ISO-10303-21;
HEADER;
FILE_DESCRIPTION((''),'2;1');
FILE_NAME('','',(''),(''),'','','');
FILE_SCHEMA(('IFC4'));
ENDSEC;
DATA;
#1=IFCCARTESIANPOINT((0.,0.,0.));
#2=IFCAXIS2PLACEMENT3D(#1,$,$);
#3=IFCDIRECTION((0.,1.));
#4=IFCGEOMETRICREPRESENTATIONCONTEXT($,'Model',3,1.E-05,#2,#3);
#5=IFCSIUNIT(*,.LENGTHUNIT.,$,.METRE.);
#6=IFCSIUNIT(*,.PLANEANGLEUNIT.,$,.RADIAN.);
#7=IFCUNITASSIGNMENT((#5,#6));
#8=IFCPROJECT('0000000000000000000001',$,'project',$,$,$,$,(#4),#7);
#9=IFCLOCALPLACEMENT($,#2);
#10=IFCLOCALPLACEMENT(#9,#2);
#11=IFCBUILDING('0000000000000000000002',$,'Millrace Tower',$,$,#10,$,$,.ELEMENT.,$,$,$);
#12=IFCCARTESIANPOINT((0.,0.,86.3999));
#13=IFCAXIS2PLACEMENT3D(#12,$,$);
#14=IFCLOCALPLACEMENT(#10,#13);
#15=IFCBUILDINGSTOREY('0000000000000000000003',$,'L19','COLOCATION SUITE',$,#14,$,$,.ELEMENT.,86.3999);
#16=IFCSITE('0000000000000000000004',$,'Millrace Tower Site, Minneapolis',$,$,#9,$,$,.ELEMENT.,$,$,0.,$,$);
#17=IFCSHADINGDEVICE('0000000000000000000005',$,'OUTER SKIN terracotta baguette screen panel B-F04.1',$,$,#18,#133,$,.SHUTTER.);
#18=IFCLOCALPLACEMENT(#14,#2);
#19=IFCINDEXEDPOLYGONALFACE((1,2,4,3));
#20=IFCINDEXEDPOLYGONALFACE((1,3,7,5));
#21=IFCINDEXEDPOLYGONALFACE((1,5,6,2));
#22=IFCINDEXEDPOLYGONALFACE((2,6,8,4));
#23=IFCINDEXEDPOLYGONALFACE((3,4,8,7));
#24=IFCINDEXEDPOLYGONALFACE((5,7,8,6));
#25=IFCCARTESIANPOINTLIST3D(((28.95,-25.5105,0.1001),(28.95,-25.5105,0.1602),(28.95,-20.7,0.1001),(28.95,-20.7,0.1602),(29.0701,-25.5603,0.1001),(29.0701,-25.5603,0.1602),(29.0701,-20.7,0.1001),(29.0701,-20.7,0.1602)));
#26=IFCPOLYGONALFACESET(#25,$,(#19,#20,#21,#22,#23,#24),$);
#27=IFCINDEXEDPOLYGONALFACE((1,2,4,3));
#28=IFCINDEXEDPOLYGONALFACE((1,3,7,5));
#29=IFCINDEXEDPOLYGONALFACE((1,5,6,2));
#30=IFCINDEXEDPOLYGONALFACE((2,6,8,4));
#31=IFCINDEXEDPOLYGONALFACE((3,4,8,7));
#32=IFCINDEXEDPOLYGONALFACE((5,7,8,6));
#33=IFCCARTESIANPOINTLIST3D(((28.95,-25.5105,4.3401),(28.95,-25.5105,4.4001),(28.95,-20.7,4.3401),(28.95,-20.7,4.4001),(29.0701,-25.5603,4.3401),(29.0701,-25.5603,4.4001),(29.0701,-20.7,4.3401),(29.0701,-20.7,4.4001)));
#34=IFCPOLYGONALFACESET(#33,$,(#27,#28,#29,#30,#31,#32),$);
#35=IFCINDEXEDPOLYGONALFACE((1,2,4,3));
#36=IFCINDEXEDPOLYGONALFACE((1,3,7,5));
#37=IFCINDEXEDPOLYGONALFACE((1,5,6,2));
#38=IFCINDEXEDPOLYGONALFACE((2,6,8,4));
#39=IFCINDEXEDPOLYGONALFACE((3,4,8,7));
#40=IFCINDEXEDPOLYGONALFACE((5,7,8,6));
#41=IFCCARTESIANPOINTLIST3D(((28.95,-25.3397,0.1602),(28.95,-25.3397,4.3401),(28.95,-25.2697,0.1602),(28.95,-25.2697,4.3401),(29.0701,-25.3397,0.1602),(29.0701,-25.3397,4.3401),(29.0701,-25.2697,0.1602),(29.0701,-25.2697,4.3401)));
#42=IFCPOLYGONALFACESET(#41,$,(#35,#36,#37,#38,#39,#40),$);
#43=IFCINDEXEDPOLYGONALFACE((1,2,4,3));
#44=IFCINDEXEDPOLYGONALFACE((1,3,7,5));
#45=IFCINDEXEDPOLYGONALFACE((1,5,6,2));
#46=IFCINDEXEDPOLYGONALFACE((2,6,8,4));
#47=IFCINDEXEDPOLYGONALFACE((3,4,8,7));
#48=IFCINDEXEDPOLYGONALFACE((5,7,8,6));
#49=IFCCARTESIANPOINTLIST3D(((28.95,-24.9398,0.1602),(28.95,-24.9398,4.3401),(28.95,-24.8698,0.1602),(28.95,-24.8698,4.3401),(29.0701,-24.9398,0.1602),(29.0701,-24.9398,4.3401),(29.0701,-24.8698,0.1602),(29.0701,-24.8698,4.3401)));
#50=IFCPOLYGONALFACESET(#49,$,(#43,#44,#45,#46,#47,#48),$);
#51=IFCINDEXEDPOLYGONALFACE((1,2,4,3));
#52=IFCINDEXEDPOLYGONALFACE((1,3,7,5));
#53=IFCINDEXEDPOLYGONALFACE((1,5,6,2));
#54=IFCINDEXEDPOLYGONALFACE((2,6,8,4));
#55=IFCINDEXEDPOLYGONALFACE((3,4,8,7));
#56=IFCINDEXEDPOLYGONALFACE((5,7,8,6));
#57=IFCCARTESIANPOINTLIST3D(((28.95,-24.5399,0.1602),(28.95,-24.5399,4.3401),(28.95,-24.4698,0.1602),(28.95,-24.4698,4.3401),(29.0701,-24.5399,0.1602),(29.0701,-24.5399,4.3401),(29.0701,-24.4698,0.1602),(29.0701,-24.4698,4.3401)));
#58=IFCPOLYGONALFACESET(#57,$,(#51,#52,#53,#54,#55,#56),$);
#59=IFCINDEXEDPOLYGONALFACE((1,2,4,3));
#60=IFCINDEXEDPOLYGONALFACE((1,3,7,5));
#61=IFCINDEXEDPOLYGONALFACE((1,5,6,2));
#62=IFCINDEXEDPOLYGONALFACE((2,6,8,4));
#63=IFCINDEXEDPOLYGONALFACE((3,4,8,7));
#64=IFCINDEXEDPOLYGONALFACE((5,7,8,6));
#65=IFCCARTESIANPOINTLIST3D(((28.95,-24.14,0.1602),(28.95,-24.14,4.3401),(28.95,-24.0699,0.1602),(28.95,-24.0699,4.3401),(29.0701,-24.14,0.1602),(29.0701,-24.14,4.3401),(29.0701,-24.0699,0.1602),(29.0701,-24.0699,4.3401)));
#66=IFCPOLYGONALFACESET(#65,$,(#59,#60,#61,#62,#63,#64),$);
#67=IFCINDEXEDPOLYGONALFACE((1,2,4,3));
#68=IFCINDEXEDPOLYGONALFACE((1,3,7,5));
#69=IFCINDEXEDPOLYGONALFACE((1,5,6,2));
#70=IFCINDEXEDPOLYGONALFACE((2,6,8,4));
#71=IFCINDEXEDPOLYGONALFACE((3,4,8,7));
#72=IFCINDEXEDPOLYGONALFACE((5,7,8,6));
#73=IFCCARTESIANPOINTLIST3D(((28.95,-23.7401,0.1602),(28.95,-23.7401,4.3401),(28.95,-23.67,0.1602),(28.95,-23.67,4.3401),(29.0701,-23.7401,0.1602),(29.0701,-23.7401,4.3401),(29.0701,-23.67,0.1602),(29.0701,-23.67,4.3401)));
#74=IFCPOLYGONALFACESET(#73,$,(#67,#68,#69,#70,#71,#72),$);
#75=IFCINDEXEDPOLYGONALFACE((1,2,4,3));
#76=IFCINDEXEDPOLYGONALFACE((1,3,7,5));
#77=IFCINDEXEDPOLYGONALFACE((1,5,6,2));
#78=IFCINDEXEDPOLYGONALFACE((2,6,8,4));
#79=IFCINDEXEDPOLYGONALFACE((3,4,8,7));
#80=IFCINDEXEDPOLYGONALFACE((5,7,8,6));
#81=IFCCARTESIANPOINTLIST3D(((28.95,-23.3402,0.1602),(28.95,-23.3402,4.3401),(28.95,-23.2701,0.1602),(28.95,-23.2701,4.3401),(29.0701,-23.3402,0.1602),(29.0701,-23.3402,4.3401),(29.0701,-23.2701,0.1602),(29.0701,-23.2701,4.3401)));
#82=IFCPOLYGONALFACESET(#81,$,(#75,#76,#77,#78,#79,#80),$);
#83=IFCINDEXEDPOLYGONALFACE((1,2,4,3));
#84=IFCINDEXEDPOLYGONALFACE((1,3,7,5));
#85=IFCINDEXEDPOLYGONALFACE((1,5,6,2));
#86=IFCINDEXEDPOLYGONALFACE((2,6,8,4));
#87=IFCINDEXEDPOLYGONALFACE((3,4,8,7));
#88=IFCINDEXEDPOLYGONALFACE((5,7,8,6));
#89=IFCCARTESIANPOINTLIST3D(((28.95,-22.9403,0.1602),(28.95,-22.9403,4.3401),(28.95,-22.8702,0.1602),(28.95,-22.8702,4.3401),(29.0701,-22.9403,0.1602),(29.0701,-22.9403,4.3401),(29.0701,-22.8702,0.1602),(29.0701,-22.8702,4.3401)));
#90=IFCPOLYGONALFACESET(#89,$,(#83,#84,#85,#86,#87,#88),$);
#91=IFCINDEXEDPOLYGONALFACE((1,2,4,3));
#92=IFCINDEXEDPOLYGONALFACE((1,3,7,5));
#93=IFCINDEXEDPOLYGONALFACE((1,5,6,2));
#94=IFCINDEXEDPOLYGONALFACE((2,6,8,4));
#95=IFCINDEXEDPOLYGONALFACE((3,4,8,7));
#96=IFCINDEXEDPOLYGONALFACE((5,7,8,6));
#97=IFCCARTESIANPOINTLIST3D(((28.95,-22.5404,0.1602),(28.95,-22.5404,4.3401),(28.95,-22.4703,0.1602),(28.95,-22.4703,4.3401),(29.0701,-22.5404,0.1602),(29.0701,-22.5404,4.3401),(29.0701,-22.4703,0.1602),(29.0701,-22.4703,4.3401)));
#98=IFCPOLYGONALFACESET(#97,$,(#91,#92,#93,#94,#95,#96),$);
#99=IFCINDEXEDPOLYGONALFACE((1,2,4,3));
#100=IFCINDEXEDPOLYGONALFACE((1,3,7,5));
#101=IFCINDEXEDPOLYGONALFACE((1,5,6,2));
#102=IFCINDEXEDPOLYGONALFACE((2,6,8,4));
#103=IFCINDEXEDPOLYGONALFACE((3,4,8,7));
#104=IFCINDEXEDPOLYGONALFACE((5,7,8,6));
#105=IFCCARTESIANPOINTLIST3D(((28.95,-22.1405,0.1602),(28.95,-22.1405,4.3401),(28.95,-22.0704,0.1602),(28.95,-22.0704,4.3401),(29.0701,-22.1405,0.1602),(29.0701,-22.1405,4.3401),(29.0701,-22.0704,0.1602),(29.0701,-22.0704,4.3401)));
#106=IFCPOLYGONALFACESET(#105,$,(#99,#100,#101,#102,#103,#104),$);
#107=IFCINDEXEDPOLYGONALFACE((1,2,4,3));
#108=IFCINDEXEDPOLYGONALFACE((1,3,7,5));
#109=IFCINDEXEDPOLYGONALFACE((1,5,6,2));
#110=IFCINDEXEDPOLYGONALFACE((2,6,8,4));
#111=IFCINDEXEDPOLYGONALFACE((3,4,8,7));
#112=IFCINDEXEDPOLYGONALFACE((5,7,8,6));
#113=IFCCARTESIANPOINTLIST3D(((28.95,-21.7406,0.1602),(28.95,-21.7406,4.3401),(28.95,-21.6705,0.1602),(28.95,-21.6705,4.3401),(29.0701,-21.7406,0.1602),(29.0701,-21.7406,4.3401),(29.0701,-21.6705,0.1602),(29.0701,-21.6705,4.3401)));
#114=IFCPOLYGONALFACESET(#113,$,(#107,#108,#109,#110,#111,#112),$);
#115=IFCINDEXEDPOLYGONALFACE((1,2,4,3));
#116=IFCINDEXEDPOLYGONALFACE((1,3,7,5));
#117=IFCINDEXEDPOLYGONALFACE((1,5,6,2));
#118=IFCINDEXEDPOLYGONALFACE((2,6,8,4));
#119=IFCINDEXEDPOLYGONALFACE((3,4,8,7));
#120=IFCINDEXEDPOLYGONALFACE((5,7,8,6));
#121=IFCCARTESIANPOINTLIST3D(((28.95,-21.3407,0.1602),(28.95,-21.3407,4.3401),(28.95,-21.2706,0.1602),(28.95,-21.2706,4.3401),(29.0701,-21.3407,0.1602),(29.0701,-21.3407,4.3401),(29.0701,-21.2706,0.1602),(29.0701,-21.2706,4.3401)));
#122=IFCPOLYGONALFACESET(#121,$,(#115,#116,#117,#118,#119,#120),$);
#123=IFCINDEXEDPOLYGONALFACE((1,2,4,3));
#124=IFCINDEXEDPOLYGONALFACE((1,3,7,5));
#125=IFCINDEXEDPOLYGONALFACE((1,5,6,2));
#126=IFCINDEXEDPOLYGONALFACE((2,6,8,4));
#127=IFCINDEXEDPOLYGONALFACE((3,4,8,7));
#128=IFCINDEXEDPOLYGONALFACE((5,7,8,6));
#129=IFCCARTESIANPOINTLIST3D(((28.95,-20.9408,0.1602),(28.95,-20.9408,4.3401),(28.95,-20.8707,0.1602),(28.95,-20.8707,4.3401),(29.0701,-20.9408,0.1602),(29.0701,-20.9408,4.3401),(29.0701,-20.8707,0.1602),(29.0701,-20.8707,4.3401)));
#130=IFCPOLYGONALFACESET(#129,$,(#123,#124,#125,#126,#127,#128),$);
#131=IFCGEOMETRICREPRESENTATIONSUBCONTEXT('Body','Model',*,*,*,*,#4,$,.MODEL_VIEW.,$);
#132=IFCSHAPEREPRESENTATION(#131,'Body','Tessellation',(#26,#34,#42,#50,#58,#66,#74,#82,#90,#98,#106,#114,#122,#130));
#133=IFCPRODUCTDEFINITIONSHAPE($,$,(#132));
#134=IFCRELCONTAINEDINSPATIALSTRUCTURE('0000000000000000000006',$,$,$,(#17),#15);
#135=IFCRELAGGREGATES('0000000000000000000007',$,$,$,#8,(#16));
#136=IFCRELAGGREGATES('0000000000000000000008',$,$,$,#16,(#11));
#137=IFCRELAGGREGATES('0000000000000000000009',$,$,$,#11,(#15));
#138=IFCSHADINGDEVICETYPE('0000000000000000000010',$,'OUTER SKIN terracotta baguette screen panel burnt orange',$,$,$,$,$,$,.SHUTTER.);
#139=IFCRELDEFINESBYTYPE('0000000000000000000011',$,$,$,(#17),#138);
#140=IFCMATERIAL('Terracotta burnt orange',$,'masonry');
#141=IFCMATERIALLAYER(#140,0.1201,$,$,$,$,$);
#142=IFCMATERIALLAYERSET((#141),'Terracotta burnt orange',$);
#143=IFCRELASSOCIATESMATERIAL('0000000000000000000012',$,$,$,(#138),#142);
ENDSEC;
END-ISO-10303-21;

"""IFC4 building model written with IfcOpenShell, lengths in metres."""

from ifc_helpers import new_model, entity, si_unit, direction, frame, frame_2d, origin, place, context, subcontext, project, spatial, rectangle, extrude, source, transform, mapped, material, layer, layer_set, type_object, element, save


model = new_model("IFC4")

# Units and contexts
model_context = context("Model", 3, precision=1e-05, world=origin(), true_north=direction((0.0, 1.0)))
body_context = subcontext(model_context, "Body", "Model", "MODEL_VIEW")
ifc_project = project(units=[si_unit("LENGTHUNIT", "METRE"), si_unit("PLANEANGLEUNIT", "RADIAN")], contexts=[model_context])

# Site, building, storey
site_placement = place(None, origin())
site = spatial("IfcSite", under=ifc_project, at=site_placement, Name="Millrace Tower Site, Minneapolis", CompositionType="ELEMENT", RefElevation=0.0)
building_placement = place(site_placement, origin())
building = spatial("IfcBuilding", under=site, at=building_placement, Name="Millrace Tower", CompositionType="ELEMENT")
storey_placement = place(building_placement, frame((0.0, 0.0, 86.3999)))
storey = spatial("IfcBuildingStorey", under=building, at=storey_placement, Name="L19", Description="COLOCATION SUITE", CompositionType="ELEMENT", Elevation=86.3999)

# Shading device
ifc_material_1 = material(Name="Terracotta burnt orange", Category="masonry")
ifc_layer_1 = layer(ifc_material_1, 0.1201)
ifc_layer_set_1 = layer_set([ifc_layer_1], Name="Terracotta burnt orange")
shading_device_type = type_object("IfcShadingDeviceType", Name="OUTER SKIN terracotta baguette screen panel burnt orange", PredefinedType="SHUTTER", material=ifc_layer_set_1)
cartesian_point_1 = entity("IfcCartesianPoint", [-2.3928, 0.0601])
shared_polyline_1 = entity("IfcPolyline", [cartesian_point_1, entity("IfcCartesianPoint", [2.4177, 0.0601]), entity("IfcCartesianPoint", [2.4177, -0.0601]), entity("IfcCartesianPoint", [-2.4426, -0.0601]), cartesian_point_1])
shared_shape_1 = source(origin(), body_context, "Body", "SweptSolid", [
    entity("IfcExtrudedAreaSolid", entity("IfcArbitraryClosedProfileDef", "AREA", None, shared_polyline_1), entity("IfcAxis2Placement3D", entity("IfcCartesianPoint", [0.0, 0.0, 0.0])), entity("IfcDirection", [0.0, 0.0, 1.0]), 0.0601),
    entity("IfcExtrudedAreaSolid", entity("IfcArbitraryClosedProfileDef", "AREA", None, shared_polyline_1), entity("IfcAxis2Placement3D", entity("IfcCartesianPoint", [0.0, 0.0, 4.24])), entity("IfcDirection", [0.0, 0.0, 1.0]), 0.0601),
    extrude(rectangle(XDim=0.0701, YDim=0.1201, at=frame_2d((-2.187, 0.0))), frame((0.0, 0.0, 0.0601)), (0.0, 0.0, 1.0), 4.1799),
    extrude(rectangle(XDim=0.0701, YDim=0.1201, at=frame_2d((-1.7871, 0.0))), frame((0.0, 0.0, 0.0601)), (0.0, 0.0, 1.0), 4.1799),
    extrude(rectangle(XDim=0.0701, YDim=0.1201, at=frame_2d((-1.3872, 0.0))), frame((0.0, 0.0, 0.0601)), (0.0, 0.0, 1.0), 4.1799),
    extrude(rectangle(XDim=0.0701, YDim=0.1201, at=frame_2d((-0.9873, 0.0))), frame((0.0, 0.0, 0.0601)), (0.0, 0.0, 1.0), 4.1799),
    extrude(rectangle(XDim=0.0701, YDim=0.1201, at=frame_2d((-0.5874, 0.0))), frame((0.0, 0.0, 0.0601)), (0.0, 0.0, 1.0), 4.1799),
    extrude(rectangle(XDim=0.0701, YDim=0.1201, at=frame_2d((-0.1875, 0.0))), frame((0.0, 0.0, 0.0601)), (0.0, 0.0, 1.0), 4.1799),
    extrude(rectangle(XDim=0.0701, YDim=0.1201, at=frame_2d((0.2124, 0.0))), frame((0.0, 0.0, 0.0601)), (0.0, 0.0, 1.0), 4.1799),
    extrude(rectangle(XDim=0.0701, YDim=0.1201, at=frame_2d((0.6123, 0.0))), frame((0.0, 0.0, 0.0601)), (0.0, 0.0, 1.0), 4.1799),
    extrude(rectangle(XDim=0.0701, YDim=0.1201, at=frame_2d((1.0122, 0.0))), frame((0.0, 0.0, 0.0601)), (0.0, 0.0, 1.0), 4.1799),
    extrude(rectangle(XDim=0.0701, YDim=0.1201, at=frame_2d((1.4121, 0.0))), frame((0.0, 0.0, 0.0601)), (0.0, 0.0, 1.0), 4.1799),
    extrude(rectangle(XDim=0.0701, YDim=0.1201, at=frame_2d((1.812, 0.0))), frame((0.0, 0.0, 0.0601)), (0.0, 0.0, 1.0), 4.1799),
    extrude(rectangle(XDim=0.0701, YDim=0.1201, at=frame_2d((2.2119, 0.0))), frame((0.0, 0.0, 0.0601)), (0.0, 0.0, 1.0), 4.1799),
])
shading_device_1_placement = place(storey_placement, frame((29.01, -23.1177, 0.1001), z_axis=(0.0, 0.0, 1.0), x_axis=(0.0, 1.0, 0.0)))
element("IfcShadingDevice", 1, at=shading_device_1_placement, inside=storey, type_object=shading_device_type, Name="OUTER SKIN terracotta baguette screen panel B-F04.1", PredefinedType="SHUTTER", context=body_context, shape_type="MappedRepresentation", body=[
    mapped(shared_shape_1, transform((0.0, 0.0, 0.0), scale=1.0)),
])

save(model, "model.ifc")
